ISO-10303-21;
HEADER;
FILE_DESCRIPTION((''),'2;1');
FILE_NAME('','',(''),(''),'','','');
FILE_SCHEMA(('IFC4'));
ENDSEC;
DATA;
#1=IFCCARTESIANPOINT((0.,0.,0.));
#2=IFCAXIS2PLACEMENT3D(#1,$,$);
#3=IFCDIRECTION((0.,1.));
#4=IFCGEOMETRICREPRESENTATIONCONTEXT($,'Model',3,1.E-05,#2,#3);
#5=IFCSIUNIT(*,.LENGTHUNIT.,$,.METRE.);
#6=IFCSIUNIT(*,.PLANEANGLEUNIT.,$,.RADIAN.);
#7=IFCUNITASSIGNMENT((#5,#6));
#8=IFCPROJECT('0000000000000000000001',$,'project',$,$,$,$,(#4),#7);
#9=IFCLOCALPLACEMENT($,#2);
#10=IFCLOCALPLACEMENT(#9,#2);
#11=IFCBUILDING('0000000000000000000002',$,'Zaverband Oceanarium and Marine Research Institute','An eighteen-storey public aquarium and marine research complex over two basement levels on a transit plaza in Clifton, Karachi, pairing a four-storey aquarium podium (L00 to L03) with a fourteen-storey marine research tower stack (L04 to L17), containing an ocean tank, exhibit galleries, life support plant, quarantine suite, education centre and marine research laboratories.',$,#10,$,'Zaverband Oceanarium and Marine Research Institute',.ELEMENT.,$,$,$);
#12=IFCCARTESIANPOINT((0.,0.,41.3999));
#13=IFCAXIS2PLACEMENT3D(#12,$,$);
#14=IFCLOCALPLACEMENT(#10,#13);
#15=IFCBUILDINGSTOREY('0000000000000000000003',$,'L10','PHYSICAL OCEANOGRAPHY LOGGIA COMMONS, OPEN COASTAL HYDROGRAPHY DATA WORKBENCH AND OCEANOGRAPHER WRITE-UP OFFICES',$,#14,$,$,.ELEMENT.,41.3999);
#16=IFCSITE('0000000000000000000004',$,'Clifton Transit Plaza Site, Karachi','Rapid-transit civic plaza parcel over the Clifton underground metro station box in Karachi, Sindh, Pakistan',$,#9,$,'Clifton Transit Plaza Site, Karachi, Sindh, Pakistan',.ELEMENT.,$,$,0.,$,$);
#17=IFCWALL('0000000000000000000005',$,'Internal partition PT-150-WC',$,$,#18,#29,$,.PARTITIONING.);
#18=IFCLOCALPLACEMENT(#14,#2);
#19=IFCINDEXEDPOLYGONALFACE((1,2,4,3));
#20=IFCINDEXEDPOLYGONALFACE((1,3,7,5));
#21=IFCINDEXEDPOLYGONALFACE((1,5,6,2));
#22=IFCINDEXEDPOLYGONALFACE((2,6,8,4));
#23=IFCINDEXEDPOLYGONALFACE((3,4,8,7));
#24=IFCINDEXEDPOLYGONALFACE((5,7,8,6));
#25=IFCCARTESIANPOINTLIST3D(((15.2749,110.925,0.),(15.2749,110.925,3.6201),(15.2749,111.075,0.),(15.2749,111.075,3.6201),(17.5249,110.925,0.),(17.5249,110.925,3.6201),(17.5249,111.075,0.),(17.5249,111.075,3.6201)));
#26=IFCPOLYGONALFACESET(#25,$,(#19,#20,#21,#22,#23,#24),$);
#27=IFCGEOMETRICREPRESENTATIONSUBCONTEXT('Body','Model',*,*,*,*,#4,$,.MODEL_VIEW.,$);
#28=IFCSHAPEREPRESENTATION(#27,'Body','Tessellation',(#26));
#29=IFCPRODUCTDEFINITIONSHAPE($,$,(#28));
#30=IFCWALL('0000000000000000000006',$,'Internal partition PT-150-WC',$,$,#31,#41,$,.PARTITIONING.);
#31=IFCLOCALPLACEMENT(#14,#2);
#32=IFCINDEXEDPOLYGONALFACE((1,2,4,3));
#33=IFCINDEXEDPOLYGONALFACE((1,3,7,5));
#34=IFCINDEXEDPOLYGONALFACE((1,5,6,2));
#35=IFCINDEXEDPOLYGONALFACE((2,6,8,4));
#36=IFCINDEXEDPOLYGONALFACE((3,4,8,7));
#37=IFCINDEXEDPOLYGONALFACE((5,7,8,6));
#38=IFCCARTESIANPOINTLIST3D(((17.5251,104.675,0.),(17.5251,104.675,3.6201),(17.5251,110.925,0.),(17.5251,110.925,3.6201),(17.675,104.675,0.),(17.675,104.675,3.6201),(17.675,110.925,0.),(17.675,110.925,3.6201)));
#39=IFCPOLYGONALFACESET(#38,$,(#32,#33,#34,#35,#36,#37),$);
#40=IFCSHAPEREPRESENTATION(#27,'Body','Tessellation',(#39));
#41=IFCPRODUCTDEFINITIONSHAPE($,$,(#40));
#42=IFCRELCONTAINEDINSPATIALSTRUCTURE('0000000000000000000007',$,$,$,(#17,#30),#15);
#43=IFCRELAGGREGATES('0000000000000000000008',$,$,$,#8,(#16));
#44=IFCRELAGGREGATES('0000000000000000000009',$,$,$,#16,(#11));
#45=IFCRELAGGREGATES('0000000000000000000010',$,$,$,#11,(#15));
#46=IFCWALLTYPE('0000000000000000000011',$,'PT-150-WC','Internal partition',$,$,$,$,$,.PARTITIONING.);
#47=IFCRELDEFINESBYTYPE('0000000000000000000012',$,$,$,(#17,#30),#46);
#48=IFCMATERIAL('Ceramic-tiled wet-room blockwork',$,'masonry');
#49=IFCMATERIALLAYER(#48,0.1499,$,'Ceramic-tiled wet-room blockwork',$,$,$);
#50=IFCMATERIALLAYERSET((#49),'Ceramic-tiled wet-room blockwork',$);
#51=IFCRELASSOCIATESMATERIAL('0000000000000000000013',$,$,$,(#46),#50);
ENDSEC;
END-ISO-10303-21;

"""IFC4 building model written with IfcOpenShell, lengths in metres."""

from ifc_helpers import new_model, si_unit, direction, frame, frame_2d, origin, place, context, subcontext, project, spatial, rectangle, extrude, material, layer, layer_set, type_object, element, save


model = new_model("IFC4")

# Units and contexts
model_context = context("Model", 3, precision=1e-05, world=origin(), true_north=direction((0.0, 1.0)))
body_context = subcontext(model_context, "Body", "Model", "MODEL_VIEW")
ifc_project = project(units=[si_unit("LENGTHUNIT", "METRE"), si_unit("PLANEANGLEUNIT", "RADIAN")], contexts=[model_context])

# Site, building, storey
site_placement = place(None, origin())
site = spatial("IfcSite", under=ifc_project, at=site_placement, Name="Clifton Transit Plaza Site, Karachi", Description="Rapid-transit civic plaza parcel over the Clifton underground metro station box in Karachi, Sindh, Pakistan", LongName="Clifton Transit Plaza Site, Karachi, Sindh, Pakistan", CompositionType="ELEMENT", RefElevation=0.0)
building_placement = place(site_placement, origin())
building = spatial("IfcBuilding", under=site, at=building_placement, Name="Zaverband Oceanarium and Marine Research Institute", Description="An eighteen-storey public aquarium and marine research complex over two basement levels on a transit plaza in Clifton, Karachi, pairing a four-storey aquarium podium (L00 to L03) with a fourteen-storey marine research tower stack (L04 to L17), containing an ocean tank, exhibit galleries, life support plant, quarantine suite, education centre and marine research laboratories.", LongName="Zaverband Oceanarium and Marine Research Institute", CompositionType="ELEMENT")
storey_placement = place(building_placement, frame((0.0, 0.0, 41.3999)))
storey = spatial("IfcBuildingStorey", under=building, at=storey_placement, Name="L10", Description="PHYSICAL OCEANOGRAPHY LOGGIA COMMONS, OPEN COASTAL HYDROGRAPHY DATA WORKBENCH AND OCEANOGRAPHER WRITE-UP OFFICES", CompositionType="ELEMENT", Elevation=41.3999)

# Walls
ifc_material_1 = material(Name="Ceramic-tiled wet-room blockwork", Category="masonry")
ifc_layer_1 = layer(ifc_material_1, 0.1499, Name="Ceramic-tiled wet-room blockwork")
ifc_layer_set_1 = layer_set([ifc_layer_1], Name="Ceramic-tiled wet-room blockwork")
wall_type = type_object("IfcWallType", Name="PT-150-WC", Description="Internal partition", PredefinedType="PARTITIONING", material=ifc_layer_set_1)
wall_1_placement = place(storey_placement, frame((15.2749, 111.0, 0.0), z_axis=(0.0, 0.0, 1.0), x_axis=(1.0, 0.0, 0.0)))
element("IfcWall", 1, at=wall_1_placement, inside=storey, type_object=wall_type, Name="Internal partition PT-150-WC", PredefinedType="PARTITIONING", context=body_context, shape_type="SweptSolid", body=[
    extrude(rectangle(XDim=2.25, YDim=0.1499, at=frame_2d((1.125, 0.0))), origin(), (0.0, 0.0, 1.0), 3.6201),
])
wall_2_placement = place(storey_placement, frame((17.6001, 104.675, 0.0), z_axis=(0.0, 0.0, 1.0), x_axis=(0.0, 1.0, 0.0)))
element("IfcWall", 2, at=wall_2_placement, inside=storey, type_object=wall_type, Name="Internal partition PT-150-WC", PredefinedType="PARTITIONING", context=body_context, shape_type="SweptSolid", body=[
    extrude(rectangle(XDim=6.25, YDim=0.1499, at=frame_2d((3.125, 0.0))), origin(), (0.0, 0.0, 1.0), 3.6201),
])

save(model, "model.ifc")
